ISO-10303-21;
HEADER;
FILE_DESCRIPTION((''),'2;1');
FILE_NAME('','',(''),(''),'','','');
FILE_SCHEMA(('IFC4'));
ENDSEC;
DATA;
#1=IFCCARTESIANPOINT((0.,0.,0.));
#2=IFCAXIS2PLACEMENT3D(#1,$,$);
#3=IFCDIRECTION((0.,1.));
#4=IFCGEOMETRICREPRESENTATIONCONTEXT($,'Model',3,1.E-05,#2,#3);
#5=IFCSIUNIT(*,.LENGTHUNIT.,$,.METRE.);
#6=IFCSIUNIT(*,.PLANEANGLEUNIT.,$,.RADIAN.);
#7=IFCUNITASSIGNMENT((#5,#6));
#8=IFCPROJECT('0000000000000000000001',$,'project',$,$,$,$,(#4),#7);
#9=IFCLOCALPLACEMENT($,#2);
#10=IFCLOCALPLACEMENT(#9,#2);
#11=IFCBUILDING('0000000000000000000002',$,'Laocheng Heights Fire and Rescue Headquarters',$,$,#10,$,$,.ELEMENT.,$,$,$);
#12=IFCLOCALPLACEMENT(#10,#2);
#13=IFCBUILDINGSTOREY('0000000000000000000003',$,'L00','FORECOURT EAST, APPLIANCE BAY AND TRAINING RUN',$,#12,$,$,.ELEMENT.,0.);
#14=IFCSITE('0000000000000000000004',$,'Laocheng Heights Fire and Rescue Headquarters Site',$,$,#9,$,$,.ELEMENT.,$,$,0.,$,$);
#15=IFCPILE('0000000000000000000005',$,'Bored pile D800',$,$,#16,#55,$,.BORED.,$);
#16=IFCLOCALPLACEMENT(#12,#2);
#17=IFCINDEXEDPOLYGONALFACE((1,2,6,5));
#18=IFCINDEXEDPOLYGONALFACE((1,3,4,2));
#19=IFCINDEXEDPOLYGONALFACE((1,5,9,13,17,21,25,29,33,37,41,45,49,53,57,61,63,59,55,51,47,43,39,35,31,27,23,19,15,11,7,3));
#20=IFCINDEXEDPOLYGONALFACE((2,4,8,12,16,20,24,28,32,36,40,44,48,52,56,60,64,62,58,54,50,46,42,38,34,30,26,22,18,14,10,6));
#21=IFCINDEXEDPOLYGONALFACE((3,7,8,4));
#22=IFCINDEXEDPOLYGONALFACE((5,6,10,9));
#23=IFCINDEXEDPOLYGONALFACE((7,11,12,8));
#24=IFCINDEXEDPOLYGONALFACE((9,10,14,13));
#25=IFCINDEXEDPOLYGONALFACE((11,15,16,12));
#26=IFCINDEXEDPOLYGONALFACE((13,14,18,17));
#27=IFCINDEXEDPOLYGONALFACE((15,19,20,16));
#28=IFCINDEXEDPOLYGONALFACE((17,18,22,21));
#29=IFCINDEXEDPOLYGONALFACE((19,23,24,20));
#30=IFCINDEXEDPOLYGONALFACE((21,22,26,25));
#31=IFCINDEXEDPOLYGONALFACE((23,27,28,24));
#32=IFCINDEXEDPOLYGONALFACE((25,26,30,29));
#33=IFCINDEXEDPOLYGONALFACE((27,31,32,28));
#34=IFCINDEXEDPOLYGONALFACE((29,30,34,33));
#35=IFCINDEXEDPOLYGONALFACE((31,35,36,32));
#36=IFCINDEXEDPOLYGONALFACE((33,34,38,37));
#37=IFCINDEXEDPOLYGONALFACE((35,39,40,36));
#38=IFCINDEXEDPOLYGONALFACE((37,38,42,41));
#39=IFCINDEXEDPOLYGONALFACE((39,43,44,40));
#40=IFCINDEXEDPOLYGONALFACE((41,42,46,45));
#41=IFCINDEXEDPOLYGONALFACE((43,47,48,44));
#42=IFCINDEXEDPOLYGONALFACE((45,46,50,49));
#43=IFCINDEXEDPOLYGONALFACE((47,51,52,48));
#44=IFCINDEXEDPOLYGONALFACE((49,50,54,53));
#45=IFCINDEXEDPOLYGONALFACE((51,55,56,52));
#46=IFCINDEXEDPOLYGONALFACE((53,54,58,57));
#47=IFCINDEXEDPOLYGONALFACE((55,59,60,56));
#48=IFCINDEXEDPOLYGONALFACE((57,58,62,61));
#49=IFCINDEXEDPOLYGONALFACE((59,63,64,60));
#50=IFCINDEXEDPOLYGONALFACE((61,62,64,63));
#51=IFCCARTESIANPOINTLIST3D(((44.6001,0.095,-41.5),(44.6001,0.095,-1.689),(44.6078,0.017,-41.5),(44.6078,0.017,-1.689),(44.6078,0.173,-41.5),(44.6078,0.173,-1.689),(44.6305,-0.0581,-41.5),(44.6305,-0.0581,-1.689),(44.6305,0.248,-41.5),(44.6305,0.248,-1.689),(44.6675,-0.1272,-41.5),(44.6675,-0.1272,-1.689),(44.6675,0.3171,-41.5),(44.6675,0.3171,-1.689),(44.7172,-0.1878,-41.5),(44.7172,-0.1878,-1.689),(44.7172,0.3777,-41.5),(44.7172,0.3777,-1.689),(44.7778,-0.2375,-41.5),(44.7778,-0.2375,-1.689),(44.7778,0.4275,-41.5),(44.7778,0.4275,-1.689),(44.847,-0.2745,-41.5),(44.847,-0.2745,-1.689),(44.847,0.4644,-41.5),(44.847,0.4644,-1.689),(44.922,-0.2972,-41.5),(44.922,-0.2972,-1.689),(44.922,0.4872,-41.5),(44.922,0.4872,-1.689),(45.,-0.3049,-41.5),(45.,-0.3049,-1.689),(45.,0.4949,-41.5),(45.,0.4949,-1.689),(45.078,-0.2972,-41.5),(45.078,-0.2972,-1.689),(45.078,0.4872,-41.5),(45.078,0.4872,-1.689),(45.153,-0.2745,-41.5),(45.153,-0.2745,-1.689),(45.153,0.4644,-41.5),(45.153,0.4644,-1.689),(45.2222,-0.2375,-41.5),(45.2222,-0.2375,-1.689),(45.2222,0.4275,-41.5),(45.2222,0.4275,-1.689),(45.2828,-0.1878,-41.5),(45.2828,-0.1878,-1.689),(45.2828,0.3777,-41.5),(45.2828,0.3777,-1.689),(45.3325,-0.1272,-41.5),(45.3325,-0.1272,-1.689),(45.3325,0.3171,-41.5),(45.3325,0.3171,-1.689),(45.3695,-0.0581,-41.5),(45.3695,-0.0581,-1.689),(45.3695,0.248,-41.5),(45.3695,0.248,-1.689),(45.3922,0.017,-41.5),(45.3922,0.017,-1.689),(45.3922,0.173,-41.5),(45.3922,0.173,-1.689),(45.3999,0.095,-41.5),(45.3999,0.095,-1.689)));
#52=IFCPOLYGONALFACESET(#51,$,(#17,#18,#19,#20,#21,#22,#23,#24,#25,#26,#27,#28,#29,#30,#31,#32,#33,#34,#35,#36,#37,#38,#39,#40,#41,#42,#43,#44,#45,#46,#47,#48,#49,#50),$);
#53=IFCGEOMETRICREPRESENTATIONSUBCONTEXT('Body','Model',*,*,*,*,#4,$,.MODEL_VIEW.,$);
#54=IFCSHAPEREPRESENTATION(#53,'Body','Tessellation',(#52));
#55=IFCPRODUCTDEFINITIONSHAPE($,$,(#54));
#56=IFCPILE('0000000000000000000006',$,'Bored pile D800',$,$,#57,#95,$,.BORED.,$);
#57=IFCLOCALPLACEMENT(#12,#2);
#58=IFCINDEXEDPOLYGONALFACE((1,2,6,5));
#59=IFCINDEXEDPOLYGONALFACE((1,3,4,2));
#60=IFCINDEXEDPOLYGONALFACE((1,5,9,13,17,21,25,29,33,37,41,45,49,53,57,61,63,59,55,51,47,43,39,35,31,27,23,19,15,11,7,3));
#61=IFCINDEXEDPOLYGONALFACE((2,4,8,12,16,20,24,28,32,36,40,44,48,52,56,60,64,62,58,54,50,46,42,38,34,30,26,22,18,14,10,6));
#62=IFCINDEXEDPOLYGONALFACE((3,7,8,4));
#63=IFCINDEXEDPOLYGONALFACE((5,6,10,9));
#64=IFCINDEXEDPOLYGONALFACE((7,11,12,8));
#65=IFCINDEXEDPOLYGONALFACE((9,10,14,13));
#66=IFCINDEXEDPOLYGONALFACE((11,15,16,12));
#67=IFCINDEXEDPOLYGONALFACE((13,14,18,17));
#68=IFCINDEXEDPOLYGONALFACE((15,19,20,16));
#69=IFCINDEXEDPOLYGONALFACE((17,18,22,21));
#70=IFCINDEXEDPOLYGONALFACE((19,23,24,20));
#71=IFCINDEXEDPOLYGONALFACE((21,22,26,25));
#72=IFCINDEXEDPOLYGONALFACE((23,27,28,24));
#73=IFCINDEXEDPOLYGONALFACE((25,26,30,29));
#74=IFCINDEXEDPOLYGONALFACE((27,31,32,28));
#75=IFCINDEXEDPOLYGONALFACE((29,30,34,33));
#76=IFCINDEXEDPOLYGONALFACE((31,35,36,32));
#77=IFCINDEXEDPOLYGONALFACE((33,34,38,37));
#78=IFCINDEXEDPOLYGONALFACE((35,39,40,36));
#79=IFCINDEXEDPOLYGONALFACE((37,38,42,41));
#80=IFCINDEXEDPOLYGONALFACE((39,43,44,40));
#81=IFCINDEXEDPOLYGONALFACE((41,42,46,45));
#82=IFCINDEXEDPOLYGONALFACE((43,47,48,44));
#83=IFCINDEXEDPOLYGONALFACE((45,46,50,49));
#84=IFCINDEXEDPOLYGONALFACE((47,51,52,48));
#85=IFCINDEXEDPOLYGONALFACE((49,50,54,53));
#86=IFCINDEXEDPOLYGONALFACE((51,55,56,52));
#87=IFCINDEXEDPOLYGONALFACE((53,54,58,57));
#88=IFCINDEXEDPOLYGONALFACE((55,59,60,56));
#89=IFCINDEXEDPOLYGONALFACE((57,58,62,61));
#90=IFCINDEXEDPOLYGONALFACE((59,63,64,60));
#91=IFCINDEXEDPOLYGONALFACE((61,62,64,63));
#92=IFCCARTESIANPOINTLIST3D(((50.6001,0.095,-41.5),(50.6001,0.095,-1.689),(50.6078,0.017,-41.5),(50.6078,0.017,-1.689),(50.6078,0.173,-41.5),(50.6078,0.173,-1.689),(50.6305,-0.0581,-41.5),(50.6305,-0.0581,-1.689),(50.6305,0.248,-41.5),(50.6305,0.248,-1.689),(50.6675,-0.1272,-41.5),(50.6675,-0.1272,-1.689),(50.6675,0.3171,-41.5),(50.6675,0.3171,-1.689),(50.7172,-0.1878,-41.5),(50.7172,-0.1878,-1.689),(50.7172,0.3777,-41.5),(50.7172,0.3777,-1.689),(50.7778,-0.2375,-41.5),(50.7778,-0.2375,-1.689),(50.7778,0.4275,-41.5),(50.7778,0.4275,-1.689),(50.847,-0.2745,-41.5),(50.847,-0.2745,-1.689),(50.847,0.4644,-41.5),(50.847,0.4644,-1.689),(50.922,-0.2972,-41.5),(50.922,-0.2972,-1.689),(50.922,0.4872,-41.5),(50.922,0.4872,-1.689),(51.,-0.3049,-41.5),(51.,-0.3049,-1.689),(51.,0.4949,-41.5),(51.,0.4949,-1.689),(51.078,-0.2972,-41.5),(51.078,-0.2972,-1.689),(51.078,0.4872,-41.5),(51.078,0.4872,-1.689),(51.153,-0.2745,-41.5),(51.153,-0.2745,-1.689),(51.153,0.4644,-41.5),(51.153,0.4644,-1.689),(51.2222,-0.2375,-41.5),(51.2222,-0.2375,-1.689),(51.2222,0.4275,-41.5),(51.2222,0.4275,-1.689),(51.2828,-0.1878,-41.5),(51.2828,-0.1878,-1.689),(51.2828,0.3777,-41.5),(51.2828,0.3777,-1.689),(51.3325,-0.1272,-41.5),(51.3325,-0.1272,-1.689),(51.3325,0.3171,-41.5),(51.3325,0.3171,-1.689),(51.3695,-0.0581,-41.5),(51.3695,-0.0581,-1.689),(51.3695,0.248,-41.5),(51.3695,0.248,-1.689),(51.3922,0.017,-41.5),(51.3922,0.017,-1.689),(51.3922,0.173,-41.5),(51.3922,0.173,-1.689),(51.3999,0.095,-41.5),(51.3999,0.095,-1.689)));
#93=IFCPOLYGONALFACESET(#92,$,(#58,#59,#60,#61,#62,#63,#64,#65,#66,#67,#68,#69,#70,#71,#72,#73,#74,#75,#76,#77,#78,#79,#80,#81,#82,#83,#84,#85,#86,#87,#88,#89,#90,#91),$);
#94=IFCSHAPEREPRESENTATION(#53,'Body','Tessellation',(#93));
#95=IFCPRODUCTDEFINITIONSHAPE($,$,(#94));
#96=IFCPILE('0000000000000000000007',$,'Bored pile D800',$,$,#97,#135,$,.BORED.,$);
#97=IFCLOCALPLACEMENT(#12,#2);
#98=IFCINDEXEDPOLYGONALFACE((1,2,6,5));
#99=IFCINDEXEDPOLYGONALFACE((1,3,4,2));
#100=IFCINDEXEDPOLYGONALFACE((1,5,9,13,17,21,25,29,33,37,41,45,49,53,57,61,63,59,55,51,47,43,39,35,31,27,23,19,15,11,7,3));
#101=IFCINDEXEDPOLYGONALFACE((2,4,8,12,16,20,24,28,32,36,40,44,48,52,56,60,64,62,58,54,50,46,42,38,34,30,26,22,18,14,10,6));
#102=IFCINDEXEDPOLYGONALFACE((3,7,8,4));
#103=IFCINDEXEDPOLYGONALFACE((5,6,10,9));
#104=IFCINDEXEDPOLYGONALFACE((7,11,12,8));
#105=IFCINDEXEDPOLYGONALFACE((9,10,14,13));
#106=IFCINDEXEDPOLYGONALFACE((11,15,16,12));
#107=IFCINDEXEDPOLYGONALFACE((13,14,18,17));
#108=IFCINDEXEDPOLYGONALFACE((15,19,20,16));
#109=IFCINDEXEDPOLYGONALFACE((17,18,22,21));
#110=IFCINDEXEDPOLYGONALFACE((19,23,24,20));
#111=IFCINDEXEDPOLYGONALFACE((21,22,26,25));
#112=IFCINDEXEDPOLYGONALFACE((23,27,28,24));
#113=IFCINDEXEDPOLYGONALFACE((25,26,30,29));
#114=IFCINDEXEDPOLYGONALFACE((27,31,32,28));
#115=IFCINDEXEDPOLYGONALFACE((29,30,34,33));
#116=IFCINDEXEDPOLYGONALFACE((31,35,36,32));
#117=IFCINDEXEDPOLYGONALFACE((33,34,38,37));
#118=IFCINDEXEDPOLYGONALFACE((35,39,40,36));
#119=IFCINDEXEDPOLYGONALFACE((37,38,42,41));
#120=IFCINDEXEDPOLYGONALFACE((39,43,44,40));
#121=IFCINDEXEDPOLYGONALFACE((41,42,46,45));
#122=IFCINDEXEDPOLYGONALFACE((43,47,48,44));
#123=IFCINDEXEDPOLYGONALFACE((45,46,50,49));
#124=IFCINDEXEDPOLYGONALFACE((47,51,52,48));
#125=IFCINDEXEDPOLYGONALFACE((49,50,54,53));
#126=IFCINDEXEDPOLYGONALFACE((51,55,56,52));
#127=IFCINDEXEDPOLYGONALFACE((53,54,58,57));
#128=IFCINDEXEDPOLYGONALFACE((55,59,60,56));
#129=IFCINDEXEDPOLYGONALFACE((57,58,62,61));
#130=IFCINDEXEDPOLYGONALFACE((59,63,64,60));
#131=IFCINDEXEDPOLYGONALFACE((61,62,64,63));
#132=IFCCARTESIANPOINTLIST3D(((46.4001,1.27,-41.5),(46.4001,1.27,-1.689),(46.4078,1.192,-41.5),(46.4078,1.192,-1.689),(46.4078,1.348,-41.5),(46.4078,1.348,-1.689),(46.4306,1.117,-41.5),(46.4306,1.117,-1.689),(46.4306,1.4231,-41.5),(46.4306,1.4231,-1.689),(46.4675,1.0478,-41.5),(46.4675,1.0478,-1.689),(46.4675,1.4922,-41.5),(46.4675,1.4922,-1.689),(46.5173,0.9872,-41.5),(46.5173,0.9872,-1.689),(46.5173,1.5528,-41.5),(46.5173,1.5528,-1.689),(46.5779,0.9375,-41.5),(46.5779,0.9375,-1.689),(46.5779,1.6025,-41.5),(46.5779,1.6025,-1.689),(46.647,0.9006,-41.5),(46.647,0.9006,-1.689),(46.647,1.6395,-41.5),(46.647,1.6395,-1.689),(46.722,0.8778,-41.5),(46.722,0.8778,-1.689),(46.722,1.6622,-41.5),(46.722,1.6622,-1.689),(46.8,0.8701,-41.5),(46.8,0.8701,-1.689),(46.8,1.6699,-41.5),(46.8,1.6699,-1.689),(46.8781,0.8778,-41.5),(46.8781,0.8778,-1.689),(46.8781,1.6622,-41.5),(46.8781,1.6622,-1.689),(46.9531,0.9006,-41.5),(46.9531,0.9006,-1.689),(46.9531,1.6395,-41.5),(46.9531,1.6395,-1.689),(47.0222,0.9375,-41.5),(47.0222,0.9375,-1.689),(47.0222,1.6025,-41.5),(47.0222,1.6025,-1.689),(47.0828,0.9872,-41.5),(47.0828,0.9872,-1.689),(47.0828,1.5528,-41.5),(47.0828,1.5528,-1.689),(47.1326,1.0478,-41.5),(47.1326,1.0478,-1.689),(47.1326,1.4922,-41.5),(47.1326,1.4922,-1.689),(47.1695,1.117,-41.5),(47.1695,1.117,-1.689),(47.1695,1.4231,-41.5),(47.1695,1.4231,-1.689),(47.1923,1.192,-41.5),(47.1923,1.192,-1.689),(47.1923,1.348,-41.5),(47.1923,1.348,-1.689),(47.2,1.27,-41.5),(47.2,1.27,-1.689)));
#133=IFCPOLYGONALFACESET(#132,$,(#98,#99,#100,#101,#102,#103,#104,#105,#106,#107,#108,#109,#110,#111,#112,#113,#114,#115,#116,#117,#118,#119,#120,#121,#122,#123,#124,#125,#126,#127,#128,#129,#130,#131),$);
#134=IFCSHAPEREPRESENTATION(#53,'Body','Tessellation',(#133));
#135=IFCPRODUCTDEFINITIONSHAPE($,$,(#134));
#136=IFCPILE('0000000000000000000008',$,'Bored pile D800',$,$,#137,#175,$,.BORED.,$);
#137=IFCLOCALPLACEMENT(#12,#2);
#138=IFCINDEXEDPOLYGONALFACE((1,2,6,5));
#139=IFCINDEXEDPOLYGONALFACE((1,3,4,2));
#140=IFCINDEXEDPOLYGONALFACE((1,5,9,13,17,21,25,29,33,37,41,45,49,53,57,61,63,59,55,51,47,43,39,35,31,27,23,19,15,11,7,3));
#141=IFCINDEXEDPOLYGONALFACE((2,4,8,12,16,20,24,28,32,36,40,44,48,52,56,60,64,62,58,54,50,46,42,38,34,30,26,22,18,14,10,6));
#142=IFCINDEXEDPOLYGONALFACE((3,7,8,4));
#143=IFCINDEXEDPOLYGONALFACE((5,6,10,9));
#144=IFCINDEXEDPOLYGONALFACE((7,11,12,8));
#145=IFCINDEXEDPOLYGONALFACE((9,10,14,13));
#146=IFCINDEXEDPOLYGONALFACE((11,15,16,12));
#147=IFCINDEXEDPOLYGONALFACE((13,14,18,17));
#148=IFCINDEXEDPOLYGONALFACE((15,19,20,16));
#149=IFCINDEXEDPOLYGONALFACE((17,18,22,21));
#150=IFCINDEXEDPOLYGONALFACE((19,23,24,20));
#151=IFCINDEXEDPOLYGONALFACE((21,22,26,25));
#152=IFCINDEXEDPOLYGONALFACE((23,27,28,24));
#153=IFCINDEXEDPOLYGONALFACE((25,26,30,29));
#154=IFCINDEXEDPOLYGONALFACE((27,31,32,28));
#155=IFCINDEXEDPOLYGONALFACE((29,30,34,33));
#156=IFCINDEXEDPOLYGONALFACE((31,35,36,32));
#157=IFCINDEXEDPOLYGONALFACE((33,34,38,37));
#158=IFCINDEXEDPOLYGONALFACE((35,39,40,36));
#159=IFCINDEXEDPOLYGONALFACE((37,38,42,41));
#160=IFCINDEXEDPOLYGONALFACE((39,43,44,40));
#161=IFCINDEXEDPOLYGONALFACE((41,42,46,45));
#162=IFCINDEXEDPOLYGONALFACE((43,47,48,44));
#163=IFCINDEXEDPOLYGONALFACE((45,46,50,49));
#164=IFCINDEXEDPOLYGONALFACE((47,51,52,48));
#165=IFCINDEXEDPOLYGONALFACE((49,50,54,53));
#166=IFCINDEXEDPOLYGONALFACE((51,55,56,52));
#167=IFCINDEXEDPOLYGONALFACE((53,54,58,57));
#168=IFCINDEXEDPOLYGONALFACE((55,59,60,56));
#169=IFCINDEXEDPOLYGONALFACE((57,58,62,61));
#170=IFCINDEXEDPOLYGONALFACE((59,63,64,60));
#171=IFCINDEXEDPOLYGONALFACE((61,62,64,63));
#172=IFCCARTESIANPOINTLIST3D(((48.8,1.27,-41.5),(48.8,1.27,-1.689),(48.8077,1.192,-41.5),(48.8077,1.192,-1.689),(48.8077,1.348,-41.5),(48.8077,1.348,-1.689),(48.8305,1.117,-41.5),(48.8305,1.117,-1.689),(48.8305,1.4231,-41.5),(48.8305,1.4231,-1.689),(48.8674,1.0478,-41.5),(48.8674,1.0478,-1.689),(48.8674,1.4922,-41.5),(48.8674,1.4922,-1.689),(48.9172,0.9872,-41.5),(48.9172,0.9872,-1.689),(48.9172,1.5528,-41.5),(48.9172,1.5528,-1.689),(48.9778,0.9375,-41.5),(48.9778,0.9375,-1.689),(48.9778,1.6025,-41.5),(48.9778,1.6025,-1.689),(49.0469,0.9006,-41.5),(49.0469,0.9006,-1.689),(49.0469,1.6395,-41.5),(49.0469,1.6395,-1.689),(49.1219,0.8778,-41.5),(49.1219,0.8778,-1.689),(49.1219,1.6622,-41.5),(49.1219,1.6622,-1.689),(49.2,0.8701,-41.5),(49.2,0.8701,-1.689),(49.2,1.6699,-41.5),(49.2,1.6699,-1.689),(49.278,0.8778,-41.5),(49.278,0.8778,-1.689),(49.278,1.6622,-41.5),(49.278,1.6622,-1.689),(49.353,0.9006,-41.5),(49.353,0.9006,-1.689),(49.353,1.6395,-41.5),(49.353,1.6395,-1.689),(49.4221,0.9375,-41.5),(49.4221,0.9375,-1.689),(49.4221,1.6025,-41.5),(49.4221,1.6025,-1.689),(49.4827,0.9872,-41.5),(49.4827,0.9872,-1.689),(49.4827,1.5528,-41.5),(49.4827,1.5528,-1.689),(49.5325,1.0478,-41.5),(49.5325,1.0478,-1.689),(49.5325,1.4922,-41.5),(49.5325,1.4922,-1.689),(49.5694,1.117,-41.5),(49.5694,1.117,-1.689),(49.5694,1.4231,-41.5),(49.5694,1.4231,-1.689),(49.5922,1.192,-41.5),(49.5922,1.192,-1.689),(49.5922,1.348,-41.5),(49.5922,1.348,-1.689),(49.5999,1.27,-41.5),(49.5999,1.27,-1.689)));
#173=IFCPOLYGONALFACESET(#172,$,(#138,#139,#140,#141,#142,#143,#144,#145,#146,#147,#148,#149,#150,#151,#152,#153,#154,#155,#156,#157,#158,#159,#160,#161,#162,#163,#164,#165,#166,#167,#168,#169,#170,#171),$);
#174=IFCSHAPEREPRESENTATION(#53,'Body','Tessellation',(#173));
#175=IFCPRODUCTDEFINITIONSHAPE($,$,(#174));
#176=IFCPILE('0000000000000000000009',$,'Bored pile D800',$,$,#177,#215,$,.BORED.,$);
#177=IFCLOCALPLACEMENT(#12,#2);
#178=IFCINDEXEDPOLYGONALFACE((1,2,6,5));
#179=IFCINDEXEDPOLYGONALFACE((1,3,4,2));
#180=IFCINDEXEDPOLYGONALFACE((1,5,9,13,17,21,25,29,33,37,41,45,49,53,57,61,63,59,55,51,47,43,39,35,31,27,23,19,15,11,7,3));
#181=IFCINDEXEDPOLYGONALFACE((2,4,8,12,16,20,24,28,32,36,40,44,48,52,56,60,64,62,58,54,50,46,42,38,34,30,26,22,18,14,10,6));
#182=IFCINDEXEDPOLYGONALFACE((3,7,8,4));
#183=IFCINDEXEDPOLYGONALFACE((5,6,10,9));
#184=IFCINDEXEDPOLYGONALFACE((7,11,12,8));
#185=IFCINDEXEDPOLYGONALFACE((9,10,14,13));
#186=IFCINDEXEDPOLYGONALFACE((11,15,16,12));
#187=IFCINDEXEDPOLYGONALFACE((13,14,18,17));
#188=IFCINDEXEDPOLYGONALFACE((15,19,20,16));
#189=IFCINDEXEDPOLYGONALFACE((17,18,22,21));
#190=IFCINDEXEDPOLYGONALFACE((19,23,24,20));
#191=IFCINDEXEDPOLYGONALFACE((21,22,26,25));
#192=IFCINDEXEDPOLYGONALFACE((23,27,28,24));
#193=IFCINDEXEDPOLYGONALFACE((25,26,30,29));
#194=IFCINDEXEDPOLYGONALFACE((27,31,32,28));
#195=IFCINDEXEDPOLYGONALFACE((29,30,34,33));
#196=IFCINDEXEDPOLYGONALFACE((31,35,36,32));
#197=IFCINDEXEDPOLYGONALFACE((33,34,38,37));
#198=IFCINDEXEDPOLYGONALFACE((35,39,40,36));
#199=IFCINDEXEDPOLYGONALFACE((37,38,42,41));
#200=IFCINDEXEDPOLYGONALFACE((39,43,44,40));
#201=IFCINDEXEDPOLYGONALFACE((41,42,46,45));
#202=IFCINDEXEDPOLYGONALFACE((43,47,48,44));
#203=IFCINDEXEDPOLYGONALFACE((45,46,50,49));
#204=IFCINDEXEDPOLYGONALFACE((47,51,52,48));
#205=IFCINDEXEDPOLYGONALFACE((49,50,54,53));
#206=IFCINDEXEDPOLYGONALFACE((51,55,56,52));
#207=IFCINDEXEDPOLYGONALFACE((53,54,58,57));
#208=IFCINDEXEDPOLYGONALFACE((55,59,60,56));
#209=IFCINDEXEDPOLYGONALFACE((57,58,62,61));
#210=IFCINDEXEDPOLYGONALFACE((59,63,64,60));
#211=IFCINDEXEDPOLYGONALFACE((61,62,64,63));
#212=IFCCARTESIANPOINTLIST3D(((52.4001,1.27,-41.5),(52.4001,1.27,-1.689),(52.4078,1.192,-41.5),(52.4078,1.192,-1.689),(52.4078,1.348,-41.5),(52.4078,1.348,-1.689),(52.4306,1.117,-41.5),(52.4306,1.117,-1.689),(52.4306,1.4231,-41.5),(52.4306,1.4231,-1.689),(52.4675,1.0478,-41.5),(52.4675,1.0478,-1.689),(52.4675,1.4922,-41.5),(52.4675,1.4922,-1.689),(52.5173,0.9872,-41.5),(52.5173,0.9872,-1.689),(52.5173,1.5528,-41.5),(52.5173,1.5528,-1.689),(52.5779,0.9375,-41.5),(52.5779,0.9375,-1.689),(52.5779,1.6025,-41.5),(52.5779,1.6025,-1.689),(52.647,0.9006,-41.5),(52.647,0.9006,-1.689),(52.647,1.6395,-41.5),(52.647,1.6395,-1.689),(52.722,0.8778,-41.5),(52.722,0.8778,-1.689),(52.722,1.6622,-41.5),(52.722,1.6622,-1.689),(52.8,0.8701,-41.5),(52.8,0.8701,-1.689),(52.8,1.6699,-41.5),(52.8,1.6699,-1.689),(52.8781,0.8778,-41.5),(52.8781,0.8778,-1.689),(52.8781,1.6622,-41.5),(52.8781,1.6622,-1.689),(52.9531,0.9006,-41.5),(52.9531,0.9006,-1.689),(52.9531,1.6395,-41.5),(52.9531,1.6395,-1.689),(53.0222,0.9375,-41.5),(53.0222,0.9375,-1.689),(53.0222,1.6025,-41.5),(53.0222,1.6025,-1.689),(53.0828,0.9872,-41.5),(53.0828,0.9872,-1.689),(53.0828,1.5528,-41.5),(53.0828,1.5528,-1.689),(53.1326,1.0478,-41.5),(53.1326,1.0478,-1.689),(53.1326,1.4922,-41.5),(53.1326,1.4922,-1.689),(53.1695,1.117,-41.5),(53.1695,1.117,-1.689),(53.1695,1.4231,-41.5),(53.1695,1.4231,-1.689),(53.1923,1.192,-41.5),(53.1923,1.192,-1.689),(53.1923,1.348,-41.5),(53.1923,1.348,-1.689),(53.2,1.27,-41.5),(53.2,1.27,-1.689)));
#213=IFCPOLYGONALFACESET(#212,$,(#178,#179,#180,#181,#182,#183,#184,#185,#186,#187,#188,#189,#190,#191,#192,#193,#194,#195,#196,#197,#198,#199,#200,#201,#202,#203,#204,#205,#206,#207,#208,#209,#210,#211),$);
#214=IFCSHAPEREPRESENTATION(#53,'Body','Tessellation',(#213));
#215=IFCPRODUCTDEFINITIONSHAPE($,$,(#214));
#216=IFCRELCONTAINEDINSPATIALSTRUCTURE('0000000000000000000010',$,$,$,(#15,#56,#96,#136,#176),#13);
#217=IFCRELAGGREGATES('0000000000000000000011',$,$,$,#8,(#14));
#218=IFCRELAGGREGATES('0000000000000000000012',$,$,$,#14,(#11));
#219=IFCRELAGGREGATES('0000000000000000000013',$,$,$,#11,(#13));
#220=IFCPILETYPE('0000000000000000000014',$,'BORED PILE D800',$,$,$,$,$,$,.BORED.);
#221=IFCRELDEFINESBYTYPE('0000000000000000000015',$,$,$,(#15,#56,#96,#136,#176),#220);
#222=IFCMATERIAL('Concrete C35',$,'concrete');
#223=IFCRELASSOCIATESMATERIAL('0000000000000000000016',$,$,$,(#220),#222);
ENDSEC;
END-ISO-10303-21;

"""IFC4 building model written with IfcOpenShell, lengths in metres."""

from ifc_helpers import new_model, si_unit, direction, frame, origin, origin_2d, place, context, subcontext, project, spatial, circle, extrude, material, material_profile, profile_set, type_object, element, save


model = new_model("IFC4")

# Units and contexts
model_context = context("Model", 3, precision=1e-05, world=origin(), true_north=direction((0.0, 1.0)))
body_context = subcontext(model_context, "Body", "Model", "MODEL_VIEW")
ifc_project = project(units=[si_unit("LENGTHUNIT", "METRE"), si_unit("PLANEANGLEUNIT", "RADIAN")], contexts=[model_context])

# Site, building, storey
site_placement = place(None, origin())
site = spatial("IfcSite", under=ifc_project, at=site_placement, Name="Laocheng Heights Fire and Rescue Headquarters Site", CompositionType="ELEMENT", RefElevation=0.0)
building_placement = place(site_placement, origin())
building = spatial("IfcBuilding", under=site, at=building_placement, Name="Laocheng Heights Fire and Rescue Headquarters", CompositionType="ELEMENT")
storey_placement = place(building_placement, origin())
storey = spatial("IfcBuildingStorey", under=building, at=storey_placement, Name="L00", Description="FORECOURT EAST, APPLIANCE BAY AND TRAINING RUN", CompositionType="ELEMENT", Elevation=0.0)

# Piles
ifc_material_1 = material(Name="Concrete C35", Category="concrete")
ifc_material_profile_1 = material_profile(ifc_material_1, circle(Radius=0.3999, at=origin_2d()), Name="BORED PILE D800")
ifc_profile_set_1 = profile_set([ifc_material_profile_1], Name="Concrete C35")
pile_type = type_object("IfcPileType", Name="BORED PILE D800", PredefinedType="BORED", material=ifc_profile_set_1)
for number, where, z_axis, x_axis, name in (
    (1, (45.0, 0.095, -1.689), (0.0, 0.0, -1.0), (1.0, 0.0, 0.0), "Bored pile D800"),
    (2, (51.0, 0.095, -1.689), (0.0, 0.0, -1.0), (1.0, 0.0, 0.0), "Bored pile D800"),
    (3, (46.8, 1.27, -1.689), (0.0, 0.0, -1.0), (1.0, 0.0, 0.0), "Bored pile D800"),
    (4, (49.2, 1.27, -1.689), (0.0, 0.0, -1.0), (1.0, 0.0, 0.0), "Bored pile D800"),
    (5, (52.8, 1.27, -1.689), (0.0, 0.0, -1.0), (1.0, 0.0, 0.0), "Bored pile D800"),
):
    element("IfcPile", number, at=place(storey_placement, frame(where, z_axis=z_axis, x_axis=x_axis)), inside=storey, type_object=pile_type, Name=name, PredefinedType="BORED", context=body_context, shape_type="SweptSolid", body=[
        extrude(circle(Radius=0.3999, at=origin_2d()), origin(), (0.0, 0.0, 1.0), 39.811),
    ])

save(model, "model.ifc")
